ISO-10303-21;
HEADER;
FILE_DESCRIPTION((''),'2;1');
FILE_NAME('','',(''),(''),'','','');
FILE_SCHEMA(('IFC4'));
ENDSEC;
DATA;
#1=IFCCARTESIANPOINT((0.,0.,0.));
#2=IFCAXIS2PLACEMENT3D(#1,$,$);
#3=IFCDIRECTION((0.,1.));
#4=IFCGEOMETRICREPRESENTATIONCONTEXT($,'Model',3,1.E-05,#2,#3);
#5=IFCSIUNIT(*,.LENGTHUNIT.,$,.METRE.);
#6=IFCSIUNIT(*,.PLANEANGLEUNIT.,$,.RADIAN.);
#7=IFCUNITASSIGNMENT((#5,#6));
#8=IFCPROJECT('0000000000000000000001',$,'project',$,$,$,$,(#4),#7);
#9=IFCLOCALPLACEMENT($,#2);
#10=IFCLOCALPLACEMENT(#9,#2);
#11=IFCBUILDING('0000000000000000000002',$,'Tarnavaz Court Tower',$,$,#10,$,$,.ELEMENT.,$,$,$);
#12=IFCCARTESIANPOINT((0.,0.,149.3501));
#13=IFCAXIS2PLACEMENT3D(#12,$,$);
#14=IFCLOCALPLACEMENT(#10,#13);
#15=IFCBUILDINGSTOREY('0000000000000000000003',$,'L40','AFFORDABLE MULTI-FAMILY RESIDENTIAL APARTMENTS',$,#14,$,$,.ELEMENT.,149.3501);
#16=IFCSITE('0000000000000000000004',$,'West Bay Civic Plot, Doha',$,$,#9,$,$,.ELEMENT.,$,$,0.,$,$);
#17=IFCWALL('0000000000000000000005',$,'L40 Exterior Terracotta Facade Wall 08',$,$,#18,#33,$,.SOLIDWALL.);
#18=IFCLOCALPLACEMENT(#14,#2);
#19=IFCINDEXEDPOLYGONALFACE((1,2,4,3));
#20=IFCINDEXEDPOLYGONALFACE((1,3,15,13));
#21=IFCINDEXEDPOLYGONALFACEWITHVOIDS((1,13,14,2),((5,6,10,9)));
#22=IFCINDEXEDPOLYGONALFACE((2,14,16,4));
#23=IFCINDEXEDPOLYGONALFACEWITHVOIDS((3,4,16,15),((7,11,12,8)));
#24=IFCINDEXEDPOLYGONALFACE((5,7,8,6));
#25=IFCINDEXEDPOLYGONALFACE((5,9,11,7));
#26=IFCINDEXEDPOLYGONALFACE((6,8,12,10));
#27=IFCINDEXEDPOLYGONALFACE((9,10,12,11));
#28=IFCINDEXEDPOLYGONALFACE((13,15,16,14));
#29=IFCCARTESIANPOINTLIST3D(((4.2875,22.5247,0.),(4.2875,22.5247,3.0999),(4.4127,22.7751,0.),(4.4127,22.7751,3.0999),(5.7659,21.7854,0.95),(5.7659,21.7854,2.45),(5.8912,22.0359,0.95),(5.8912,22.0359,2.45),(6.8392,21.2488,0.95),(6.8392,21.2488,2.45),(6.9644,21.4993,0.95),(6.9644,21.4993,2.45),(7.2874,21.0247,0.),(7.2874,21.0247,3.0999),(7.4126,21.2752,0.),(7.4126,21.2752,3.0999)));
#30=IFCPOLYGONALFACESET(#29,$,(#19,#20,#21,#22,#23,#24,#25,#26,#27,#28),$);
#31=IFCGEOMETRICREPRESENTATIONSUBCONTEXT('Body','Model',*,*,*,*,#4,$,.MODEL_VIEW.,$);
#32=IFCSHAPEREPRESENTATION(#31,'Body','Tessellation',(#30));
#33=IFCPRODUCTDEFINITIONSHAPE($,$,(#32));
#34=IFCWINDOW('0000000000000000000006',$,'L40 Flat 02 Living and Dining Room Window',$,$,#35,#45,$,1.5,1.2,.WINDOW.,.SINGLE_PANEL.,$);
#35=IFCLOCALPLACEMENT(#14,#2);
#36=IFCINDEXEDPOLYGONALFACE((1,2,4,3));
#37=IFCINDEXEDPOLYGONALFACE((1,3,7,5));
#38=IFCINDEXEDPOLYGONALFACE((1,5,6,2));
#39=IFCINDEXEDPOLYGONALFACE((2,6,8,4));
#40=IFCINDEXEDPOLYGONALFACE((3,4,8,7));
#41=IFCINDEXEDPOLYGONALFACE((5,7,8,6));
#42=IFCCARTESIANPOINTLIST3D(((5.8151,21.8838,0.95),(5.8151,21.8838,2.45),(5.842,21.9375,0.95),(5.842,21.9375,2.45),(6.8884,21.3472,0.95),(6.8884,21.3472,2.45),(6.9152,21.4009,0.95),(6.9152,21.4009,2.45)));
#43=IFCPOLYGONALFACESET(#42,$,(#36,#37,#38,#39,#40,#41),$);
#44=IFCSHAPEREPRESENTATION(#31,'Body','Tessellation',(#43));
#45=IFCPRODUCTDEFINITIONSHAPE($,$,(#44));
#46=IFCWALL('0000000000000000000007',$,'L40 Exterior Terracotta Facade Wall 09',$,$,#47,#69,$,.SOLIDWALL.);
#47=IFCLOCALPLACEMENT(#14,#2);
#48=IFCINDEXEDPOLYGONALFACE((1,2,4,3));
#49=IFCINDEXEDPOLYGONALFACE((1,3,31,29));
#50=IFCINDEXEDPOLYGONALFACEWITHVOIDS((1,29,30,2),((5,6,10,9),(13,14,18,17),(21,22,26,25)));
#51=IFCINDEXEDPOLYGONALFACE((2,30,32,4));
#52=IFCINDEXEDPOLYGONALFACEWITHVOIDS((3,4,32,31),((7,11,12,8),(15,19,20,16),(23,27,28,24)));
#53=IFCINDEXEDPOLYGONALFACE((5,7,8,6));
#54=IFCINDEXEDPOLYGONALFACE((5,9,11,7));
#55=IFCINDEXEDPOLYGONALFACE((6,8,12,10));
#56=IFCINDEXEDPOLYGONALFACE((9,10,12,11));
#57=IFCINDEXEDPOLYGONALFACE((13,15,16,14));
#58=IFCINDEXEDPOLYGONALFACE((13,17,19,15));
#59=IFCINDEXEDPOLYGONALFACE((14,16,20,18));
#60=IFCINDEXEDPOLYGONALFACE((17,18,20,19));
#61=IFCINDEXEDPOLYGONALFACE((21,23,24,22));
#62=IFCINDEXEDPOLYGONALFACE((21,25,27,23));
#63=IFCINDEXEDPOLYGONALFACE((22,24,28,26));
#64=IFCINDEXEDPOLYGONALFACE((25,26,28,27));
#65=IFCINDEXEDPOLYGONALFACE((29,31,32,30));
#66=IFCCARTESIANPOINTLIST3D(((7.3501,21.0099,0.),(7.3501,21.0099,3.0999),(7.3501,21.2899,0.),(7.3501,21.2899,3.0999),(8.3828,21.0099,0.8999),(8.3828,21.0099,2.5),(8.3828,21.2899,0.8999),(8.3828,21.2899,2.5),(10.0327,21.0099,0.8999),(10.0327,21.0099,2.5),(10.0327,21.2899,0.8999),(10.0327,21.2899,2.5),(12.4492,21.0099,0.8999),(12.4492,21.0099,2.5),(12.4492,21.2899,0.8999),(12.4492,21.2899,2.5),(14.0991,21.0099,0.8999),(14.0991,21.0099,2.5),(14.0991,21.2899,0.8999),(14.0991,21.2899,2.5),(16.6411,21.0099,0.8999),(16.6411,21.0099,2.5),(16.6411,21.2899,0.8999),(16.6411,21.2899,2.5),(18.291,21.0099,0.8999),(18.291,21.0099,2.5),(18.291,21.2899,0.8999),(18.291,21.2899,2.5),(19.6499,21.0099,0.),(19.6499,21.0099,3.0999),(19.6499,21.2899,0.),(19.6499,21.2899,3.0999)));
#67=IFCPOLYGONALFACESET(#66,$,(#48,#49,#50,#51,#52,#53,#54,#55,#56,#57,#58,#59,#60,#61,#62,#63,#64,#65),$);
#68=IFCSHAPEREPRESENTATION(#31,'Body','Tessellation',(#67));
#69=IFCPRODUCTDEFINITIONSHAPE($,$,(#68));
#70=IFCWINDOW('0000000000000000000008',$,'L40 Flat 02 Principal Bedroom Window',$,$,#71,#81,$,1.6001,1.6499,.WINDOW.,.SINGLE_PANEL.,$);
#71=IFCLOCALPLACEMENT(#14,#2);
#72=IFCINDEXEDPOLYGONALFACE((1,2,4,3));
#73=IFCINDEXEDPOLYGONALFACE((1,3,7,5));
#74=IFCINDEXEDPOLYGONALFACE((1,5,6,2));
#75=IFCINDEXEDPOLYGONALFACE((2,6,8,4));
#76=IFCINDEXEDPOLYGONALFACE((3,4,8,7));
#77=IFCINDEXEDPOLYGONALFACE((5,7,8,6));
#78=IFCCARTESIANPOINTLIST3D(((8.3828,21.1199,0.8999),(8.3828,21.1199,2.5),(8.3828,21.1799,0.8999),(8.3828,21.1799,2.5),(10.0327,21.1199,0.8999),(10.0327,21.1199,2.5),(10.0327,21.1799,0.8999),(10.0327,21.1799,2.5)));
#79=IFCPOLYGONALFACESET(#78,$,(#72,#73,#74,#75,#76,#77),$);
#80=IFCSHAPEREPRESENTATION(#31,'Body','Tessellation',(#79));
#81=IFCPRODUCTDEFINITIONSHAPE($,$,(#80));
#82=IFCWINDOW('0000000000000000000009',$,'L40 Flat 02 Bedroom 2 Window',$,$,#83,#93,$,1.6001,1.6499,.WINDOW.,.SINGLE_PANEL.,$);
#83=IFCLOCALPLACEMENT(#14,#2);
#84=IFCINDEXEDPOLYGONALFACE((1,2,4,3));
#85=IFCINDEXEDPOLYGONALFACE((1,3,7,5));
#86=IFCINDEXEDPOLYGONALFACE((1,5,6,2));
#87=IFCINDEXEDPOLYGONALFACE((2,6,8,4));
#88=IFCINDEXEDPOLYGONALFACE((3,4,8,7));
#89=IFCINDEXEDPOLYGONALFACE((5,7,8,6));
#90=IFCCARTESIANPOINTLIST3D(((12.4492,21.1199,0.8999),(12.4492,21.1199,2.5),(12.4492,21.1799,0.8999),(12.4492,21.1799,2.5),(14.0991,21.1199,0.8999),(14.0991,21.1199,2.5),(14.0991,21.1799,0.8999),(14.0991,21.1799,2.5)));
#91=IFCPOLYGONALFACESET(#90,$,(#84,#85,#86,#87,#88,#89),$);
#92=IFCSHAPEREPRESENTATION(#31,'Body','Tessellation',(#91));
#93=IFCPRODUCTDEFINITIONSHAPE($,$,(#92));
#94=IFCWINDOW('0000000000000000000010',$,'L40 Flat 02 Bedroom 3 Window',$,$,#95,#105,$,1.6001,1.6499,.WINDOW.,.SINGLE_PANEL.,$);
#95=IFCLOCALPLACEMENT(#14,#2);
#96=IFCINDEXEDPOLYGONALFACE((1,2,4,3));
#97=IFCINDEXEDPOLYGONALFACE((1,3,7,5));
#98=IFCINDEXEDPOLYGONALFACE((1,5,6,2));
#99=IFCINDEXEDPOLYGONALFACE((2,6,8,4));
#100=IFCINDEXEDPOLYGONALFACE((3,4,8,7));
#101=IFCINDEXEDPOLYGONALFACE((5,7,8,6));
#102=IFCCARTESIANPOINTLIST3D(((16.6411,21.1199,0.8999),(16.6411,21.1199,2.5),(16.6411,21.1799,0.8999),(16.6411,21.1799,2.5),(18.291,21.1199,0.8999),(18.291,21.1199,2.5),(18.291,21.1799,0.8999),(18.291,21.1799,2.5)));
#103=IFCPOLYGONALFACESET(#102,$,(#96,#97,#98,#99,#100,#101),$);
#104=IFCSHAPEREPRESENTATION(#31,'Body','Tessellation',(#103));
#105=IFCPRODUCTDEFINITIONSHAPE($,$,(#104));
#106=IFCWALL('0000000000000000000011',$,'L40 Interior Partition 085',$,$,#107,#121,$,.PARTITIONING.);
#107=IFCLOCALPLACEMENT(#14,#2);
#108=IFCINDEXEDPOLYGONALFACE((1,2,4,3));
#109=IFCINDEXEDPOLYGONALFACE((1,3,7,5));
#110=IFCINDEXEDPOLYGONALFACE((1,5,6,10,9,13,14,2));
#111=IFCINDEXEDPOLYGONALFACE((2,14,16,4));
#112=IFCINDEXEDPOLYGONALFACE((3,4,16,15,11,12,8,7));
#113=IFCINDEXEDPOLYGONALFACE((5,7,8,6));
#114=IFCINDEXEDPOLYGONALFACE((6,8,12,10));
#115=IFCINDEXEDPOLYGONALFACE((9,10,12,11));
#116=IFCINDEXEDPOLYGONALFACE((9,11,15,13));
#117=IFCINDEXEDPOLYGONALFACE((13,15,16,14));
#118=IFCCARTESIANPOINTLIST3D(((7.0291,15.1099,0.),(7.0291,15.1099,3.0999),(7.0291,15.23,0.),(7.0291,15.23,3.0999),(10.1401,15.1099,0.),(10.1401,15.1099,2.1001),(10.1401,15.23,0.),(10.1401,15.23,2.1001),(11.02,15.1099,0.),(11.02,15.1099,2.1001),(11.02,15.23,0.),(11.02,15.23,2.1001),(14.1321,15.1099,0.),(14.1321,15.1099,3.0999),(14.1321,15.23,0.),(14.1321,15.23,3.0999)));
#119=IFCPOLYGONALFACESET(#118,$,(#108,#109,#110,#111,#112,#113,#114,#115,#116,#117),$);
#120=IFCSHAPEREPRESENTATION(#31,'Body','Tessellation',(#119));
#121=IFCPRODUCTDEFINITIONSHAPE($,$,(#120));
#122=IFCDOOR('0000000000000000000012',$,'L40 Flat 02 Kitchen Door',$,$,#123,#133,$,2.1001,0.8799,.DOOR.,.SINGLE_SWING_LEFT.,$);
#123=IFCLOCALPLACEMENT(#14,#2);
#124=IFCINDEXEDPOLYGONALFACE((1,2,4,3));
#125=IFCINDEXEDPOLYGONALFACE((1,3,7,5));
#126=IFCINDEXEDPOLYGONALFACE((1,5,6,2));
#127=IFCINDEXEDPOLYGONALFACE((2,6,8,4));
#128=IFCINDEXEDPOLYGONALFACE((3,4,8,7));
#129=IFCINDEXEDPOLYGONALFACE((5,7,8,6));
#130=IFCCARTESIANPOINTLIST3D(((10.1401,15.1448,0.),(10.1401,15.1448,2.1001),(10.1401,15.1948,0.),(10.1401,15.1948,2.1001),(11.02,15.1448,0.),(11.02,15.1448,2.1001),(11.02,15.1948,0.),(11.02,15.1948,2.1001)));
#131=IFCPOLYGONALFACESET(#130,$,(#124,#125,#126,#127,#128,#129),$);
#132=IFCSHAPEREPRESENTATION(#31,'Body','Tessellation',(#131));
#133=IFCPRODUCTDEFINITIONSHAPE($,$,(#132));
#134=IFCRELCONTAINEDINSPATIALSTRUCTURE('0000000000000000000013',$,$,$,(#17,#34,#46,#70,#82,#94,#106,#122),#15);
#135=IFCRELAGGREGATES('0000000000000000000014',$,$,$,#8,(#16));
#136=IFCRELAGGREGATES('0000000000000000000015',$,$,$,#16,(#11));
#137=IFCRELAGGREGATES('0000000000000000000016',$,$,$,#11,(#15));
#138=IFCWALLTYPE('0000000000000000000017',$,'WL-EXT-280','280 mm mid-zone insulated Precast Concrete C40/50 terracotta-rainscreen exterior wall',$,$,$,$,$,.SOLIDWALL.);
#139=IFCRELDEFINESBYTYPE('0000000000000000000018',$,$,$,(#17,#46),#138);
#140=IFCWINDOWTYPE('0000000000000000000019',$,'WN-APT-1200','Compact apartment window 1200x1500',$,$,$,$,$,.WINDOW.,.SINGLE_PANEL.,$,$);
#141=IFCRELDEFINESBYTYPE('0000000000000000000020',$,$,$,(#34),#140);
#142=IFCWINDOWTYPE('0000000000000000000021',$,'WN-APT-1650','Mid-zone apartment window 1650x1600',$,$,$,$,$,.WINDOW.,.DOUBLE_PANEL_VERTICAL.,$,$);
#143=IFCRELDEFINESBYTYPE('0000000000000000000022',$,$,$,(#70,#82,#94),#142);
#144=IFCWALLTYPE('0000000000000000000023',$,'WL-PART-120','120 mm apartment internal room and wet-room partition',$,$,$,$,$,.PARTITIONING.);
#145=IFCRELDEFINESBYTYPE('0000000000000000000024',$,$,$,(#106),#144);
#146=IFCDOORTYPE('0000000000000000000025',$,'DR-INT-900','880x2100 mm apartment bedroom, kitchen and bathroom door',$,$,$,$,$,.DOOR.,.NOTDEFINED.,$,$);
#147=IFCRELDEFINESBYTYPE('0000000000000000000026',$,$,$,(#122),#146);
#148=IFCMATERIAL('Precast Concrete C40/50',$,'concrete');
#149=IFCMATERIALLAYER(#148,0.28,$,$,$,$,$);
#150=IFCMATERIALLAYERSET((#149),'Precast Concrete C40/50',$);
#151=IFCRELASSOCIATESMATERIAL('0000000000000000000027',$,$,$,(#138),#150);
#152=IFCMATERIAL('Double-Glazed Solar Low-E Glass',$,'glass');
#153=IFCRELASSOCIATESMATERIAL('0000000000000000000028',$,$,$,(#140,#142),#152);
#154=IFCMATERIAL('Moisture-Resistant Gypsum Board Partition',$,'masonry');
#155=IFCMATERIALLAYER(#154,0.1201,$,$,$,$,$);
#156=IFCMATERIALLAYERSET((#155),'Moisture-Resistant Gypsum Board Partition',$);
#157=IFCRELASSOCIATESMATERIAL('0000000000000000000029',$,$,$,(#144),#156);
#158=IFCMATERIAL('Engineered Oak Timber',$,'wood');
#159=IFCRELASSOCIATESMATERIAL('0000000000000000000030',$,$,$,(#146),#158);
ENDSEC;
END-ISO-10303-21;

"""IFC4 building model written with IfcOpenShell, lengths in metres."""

from ifc_helpers import new_model, si_unit, direction, frame, frame_2d, origin, place, context, subcontext, project, spatial, rectangle, extrude, material, layer, layer_set, type_object, element, fill, save


model = new_model("IFC4")

# Units and contexts
model_context = context("Model", 3, precision=1e-05, world=origin(), true_north=direction((0.0, 1.0)))
body_context = subcontext(model_context, "Body", "Model", "MODEL_VIEW")
ifc_project = project(units=[si_unit("LENGTHUNIT", "METRE"), si_unit("PLANEANGLEUNIT", "RADIAN")], contexts=[model_context])

# Site, building, storey
site_placement = place(None, origin())
site = spatial("IfcSite", under=ifc_project, at=site_placement, Name="West Bay Civic Plot, Doha", CompositionType="ELEMENT", RefElevation=0.0)
building_placement = place(site_placement, origin())
building = spatial("IfcBuilding", under=site, at=building_placement, Name="Tarnavaz Court Tower", CompositionType="ELEMENT")
storey_placement = place(building_placement, frame((0.0, 0.0, 149.3501)))
storey = spatial("IfcBuildingStorey", under=building, at=storey_placement, Name="L40", Description="AFFORDABLE MULTI-FAMILY RESIDENTIAL APARTMENTS", CompositionType="ELEMENT", Elevation=149.3501)

# Shared definitions
ifc_material_1 = material(Name="Double-Glazed Solar Low-E Glass", Category="glass")

# Wall, opening, window
ifc_material_2 = material(Name="Precast Concrete C40/50", Category="concrete")
ifc_layer_1 = layer(ifc_material_2, 0.28)
ifc_layer_set_1 = layer_set([ifc_layer_1], Name="Precast Concrete C40/50")
wall_type_1 = type_object("IfcWallType", Name="WL-EXT-280", Description="280 mm mid-zone insulated Precast Concrete C40/50 terracotta-rainscreen exterior wall", PredefinedType="SOLIDWALL", material=ifc_layer_set_1)
wall_1_placement = place(storey_placement, frame((4.3501, 22.6499, 0.0), z_axis=(0.0, 0.0, 1.0), x_axis=(0.894427, -0.447214, 0.0)))
wall_1 = element("IfcWall", 1, at=wall_1_placement, inside=storey, type_object=wall_type_1, Name="L40 Exterior Terracotta Facade Wall 08", PredefinedType="SOLIDWALL", context=body_context, shape_type="SweptSolid", body=[
    extrude(rectangle(XDim=3.354, YDim=0.28, at=frame_2d((1.677, 0.0))), origin(), (0.0, 0.0, 1.0), 3.0999),
])
opening_1_placement = place(wall_1_placement, frame((1.6528, 0.0, 0.95)))
opening_1 = element("IfcOpeningElement", 2, at=opening_1_placement, cuts=wall_1, PredefinedType="OPENING", context=body_context, shape_type="SweptSolid", body=[
    extrude(rectangle(XDim=1.2, YDim=1.5, at=frame_2d((0.6001, 0.75))), frame((0.0, 0.1499, 0.0), z_axis=(0.0, -1.0, 0.0), x_axis=(1.0, 0.0, 0.0)), (0.0, 0.0, 1.0), 0.3),
])
window_type_1 = type_object("IfcWindowType", Name="WN-APT-1200", Description="Compact apartment window 1200x1500", PartitioningType="SINGLE_PANEL", PredefinedType="WINDOW", material=ifc_material_1)
window_1_placement = place(opening_1_placement, origin())
window_1 = element("IfcWindow", 3, at=window_1_placement, inside=storey, type_object=window_type_1, Name="L40 Flat 02 Living and Dining Room Window", OverallHeight=1.5, OverallWidth=1.2, PartitioningType="SINGLE_PANEL", PredefinedType="WINDOW", context=body_context, shape_type="SweptSolid", body=[
    extrude(rectangle(XDim=1.2, YDim=1.5, at=frame_2d((0.6001, 0.75))), frame((0.0, 0.03, 0.0), z_axis=(0.0, -1.0, 0.0), x_axis=(1.0, 0.0, 0.0)), (0.0, 0.0, 1.0), 0.0601),
])
fill(opening_1, window_1)

# Wall, openings, windows
wall_2_placement = place(storey_placement, frame((7.3501, 21.1499, 0.0), z_axis=(0.0, 0.0, 1.0), x_axis=(1.0, 0.0, 0.0)))
wall_2 = element("IfcWall", 4, at=wall_2_placement, inside=storey, type_object=wall_type_1, Name="L40 Exterior Terracotta Facade Wall 09", PredefinedType="SOLIDWALL", context=body_context, shape_type="SweptSolid", body=[
    extrude(rectangle(XDim=12.2998, YDim=0.28, at=frame_2d((6.1499, 0.0))), origin(), (0.0, 0.0, 1.0), 3.0999),
])
opening_2_placement = place(wall_2_placement, frame((1.0327, 0.0, 0.8999)))
opening_2 = element("IfcOpeningElement", 5, at=opening_2_placement, cuts=wall_2, PredefinedType="OPENING", context=body_context, shape_type="SweptSolid", body=[
    extrude(rectangle(XDim=1.6499, YDim=1.6001, at=frame_2d((0.825, 0.8))), frame((0.0, 0.1499, 0.0), z_axis=(0.0, -1.0, 0.0), x_axis=(1.0, 0.0, 0.0)), (0.0, 0.0, 1.0), 0.3),
])
opening_3_placement = place(wall_2_placement, frame((5.0991, 0.0, 0.8999)))
opening_3 = element("IfcOpeningElement", 6, at=opening_3_placement, cuts=wall_2, PredefinedType="OPENING", context=body_context, shape_type="SweptSolid", body=[
    extrude(rectangle(XDim=1.6499, YDim=1.6001, at=frame_2d((0.825, 0.8))), frame((0.0, 0.1499, 0.0), z_axis=(0.0, -1.0, 0.0), x_axis=(1.0, 0.0, 0.0)), (0.0, 0.0, 1.0), 0.3),
])
opening_4_placement = place(wall_2_placement, frame((9.291, 0.0, 0.8999)))
opening_4 = element("IfcOpeningElement", 7, at=opening_4_placement, cuts=wall_2, PredefinedType="OPENING", context=body_context, shape_type="SweptSolid", body=[
    extrude(rectangle(XDim=1.6499, YDim=1.6001, at=frame_2d((0.825, 0.8))), frame((0.0, 0.1499, 0.0), z_axis=(0.0, -1.0, 0.0), x_axis=(1.0, 0.0, 0.0)), (0.0, 0.0, 1.0), 0.3),
])
window_type_2 = type_object("IfcWindowType", Name="WN-APT-1650", Description="Mid-zone apartment window 1650x1600", PartitioningType="DOUBLE_PANEL_VERTICAL", PredefinedType="WINDOW", material=ifc_material_1)
window_2_placement = place(opening_2_placement, origin())
window_2 = element("IfcWindow", 8, at=window_2_placement, inside=storey, type_object=window_type_2, Name="L40 Flat 02 Principal Bedroom Window", OverallHeight=1.6001, OverallWidth=1.6499, PartitioningType="SINGLE_PANEL", PredefinedType="WINDOW", context=body_context, shape_type="SweptSolid", body=[
    extrude(rectangle(XDim=1.6499, YDim=1.6001, at=frame_2d((0.825, 0.8))), frame((0.0, 0.03, 0.0), z_axis=(0.0, -1.0, 0.0), x_axis=(1.0, 0.0, 0.0)), (0.0, 0.0, 1.0), 0.0601),
])
fill(opening_2, window_2)
window_3_placement = place(opening_3_placement, origin())
window_3 = element("IfcWindow", 9, at=window_3_placement, inside=storey, type_object=window_type_2, Name="L40 Flat 02 Bedroom 2 Window", OverallHeight=1.6001, OverallWidth=1.6499, PartitioningType="SINGLE_PANEL", PredefinedType="WINDOW", context=body_context, shape_type="SweptSolid", body=[
    extrude(rectangle(XDim=1.6499, YDim=1.6001, at=frame_2d((0.825, 0.8))), frame((0.0, 0.03, 0.0), z_axis=(0.0, -1.0, 0.0), x_axis=(1.0, 0.0, 0.0)), (0.0, 0.0, 1.0), 0.0601),
])
fill(opening_3, window_3)
window_4_placement = place(opening_4_placement, origin())
window_4 = element("IfcWindow", 10, at=window_4_placement, inside=storey, type_object=window_type_2, Name="L40 Flat 02 Bedroom 3 Window", OverallHeight=1.6001, OverallWidth=1.6499, PartitioningType="SINGLE_PANEL", PredefinedType="WINDOW", context=body_context, shape_type="SweptSolid", body=[
    extrude(rectangle(XDim=1.6499, YDim=1.6001, at=frame_2d((0.825, 0.8))), frame((0.0, 0.03, 0.0), z_axis=(0.0, -1.0, 0.0), x_axis=(1.0, 0.0, 0.0)), (0.0, 0.0, 1.0), 0.0601),
])
fill(opening_4, window_4)

# Wall, opening, door
ifc_material_3 = material(Name="Moisture-Resistant Gypsum Board Partition", Category="masonry")
ifc_layer_2 = layer(ifc_material_3, 0.1201)
ifc_layer_set_2 = layer_set([ifc_layer_2], Name="Moisture-Resistant Gypsum Board Partition")
wall_type_2 = type_object("IfcWallType", Name="WL-PART-120", Description="120 mm apartment internal room and wet-room partition", PredefinedType="PARTITIONING", material=ifc_layer_set_2)
wall_3_placement = place(storey_placement, frame((7.0291, 15.1699, 0.0), z_axis=(0.0, 0.0, 1.0), x_axis=(1.0, 0.0, 0.0)))
wall_3 = element("IfcWall", 11, at=wall_3_placement, inside=storey, type_object=wall_type_2, Name="L40 Interior Partition 085", PredefinedType="PARTITIONING", context=body_context, shape_type="SweptSolid", body=[
    extrude(rectangle(XDim=7.103, YDim=0.1201, at=frame_2d((3.5515, 0.0))), origin(), (0.0, 0.0, 1.0), 3.0999),
])
opening_5_placement = place(wall_3_placement, frame((3.1111, 0.0, 0.0)))
opening_5 = element("IfcOpeningElement", 12, at=opening_5_placement, cuts=wall_3, PredefinedType="OPENING", context=body_context, shape_type="SweptSolid", body=[
    extrude(rectangle(XDim=0.8799, YDim=2.1001, at=frame_2d((0.4399, 1.05))), frame((0.0, 0.0701, 0.0), z_axis=(0.0, -1.0, 0.0), x_axis=(1.0, 0.0, 0.0)), (0.0, 0.0, 1.0), 0.1401),
])
ifc_material_4 = material(Name="Engineered Oak Timber", Category="wood")
door_type = type_object("IfcDoorType", Name="DR-INT-900", Description="880x2100 mm apartment bedroom, kitchen and bathroom door", OperationType="NOTDEFINED", PredefinedType="DOOR", material=ifc_material_4)
door_1_placement = place(opening_5_placement, origin())
door_1 = element("IfcDoor", 13, at=door_1_placement, inside=storey, type_object=door_type, Name="L40 Flat 02 Kitchen Door", OperationType="SINGLE_SWING_LEFT", OverallHeight=2.1001, OverallWidth=0.8799, PredefinedType="DOOR", context=body_context, shape_type="SweptSolid", body=[
    extrude(rectangle(XDim=0.8799, YDim=2.1001, at=frame_2d((0.4399, 1.05))), frame((0.0, 0.0249, 0.0), z_axis=(0.0, -1.0, 0.0), x_axis=(1.0, 0.0, 0.0)), (0.0, 0.0, 1.0), 0.05),
])
fill(opening_5, door_1)

save(model, "model.ifc")
